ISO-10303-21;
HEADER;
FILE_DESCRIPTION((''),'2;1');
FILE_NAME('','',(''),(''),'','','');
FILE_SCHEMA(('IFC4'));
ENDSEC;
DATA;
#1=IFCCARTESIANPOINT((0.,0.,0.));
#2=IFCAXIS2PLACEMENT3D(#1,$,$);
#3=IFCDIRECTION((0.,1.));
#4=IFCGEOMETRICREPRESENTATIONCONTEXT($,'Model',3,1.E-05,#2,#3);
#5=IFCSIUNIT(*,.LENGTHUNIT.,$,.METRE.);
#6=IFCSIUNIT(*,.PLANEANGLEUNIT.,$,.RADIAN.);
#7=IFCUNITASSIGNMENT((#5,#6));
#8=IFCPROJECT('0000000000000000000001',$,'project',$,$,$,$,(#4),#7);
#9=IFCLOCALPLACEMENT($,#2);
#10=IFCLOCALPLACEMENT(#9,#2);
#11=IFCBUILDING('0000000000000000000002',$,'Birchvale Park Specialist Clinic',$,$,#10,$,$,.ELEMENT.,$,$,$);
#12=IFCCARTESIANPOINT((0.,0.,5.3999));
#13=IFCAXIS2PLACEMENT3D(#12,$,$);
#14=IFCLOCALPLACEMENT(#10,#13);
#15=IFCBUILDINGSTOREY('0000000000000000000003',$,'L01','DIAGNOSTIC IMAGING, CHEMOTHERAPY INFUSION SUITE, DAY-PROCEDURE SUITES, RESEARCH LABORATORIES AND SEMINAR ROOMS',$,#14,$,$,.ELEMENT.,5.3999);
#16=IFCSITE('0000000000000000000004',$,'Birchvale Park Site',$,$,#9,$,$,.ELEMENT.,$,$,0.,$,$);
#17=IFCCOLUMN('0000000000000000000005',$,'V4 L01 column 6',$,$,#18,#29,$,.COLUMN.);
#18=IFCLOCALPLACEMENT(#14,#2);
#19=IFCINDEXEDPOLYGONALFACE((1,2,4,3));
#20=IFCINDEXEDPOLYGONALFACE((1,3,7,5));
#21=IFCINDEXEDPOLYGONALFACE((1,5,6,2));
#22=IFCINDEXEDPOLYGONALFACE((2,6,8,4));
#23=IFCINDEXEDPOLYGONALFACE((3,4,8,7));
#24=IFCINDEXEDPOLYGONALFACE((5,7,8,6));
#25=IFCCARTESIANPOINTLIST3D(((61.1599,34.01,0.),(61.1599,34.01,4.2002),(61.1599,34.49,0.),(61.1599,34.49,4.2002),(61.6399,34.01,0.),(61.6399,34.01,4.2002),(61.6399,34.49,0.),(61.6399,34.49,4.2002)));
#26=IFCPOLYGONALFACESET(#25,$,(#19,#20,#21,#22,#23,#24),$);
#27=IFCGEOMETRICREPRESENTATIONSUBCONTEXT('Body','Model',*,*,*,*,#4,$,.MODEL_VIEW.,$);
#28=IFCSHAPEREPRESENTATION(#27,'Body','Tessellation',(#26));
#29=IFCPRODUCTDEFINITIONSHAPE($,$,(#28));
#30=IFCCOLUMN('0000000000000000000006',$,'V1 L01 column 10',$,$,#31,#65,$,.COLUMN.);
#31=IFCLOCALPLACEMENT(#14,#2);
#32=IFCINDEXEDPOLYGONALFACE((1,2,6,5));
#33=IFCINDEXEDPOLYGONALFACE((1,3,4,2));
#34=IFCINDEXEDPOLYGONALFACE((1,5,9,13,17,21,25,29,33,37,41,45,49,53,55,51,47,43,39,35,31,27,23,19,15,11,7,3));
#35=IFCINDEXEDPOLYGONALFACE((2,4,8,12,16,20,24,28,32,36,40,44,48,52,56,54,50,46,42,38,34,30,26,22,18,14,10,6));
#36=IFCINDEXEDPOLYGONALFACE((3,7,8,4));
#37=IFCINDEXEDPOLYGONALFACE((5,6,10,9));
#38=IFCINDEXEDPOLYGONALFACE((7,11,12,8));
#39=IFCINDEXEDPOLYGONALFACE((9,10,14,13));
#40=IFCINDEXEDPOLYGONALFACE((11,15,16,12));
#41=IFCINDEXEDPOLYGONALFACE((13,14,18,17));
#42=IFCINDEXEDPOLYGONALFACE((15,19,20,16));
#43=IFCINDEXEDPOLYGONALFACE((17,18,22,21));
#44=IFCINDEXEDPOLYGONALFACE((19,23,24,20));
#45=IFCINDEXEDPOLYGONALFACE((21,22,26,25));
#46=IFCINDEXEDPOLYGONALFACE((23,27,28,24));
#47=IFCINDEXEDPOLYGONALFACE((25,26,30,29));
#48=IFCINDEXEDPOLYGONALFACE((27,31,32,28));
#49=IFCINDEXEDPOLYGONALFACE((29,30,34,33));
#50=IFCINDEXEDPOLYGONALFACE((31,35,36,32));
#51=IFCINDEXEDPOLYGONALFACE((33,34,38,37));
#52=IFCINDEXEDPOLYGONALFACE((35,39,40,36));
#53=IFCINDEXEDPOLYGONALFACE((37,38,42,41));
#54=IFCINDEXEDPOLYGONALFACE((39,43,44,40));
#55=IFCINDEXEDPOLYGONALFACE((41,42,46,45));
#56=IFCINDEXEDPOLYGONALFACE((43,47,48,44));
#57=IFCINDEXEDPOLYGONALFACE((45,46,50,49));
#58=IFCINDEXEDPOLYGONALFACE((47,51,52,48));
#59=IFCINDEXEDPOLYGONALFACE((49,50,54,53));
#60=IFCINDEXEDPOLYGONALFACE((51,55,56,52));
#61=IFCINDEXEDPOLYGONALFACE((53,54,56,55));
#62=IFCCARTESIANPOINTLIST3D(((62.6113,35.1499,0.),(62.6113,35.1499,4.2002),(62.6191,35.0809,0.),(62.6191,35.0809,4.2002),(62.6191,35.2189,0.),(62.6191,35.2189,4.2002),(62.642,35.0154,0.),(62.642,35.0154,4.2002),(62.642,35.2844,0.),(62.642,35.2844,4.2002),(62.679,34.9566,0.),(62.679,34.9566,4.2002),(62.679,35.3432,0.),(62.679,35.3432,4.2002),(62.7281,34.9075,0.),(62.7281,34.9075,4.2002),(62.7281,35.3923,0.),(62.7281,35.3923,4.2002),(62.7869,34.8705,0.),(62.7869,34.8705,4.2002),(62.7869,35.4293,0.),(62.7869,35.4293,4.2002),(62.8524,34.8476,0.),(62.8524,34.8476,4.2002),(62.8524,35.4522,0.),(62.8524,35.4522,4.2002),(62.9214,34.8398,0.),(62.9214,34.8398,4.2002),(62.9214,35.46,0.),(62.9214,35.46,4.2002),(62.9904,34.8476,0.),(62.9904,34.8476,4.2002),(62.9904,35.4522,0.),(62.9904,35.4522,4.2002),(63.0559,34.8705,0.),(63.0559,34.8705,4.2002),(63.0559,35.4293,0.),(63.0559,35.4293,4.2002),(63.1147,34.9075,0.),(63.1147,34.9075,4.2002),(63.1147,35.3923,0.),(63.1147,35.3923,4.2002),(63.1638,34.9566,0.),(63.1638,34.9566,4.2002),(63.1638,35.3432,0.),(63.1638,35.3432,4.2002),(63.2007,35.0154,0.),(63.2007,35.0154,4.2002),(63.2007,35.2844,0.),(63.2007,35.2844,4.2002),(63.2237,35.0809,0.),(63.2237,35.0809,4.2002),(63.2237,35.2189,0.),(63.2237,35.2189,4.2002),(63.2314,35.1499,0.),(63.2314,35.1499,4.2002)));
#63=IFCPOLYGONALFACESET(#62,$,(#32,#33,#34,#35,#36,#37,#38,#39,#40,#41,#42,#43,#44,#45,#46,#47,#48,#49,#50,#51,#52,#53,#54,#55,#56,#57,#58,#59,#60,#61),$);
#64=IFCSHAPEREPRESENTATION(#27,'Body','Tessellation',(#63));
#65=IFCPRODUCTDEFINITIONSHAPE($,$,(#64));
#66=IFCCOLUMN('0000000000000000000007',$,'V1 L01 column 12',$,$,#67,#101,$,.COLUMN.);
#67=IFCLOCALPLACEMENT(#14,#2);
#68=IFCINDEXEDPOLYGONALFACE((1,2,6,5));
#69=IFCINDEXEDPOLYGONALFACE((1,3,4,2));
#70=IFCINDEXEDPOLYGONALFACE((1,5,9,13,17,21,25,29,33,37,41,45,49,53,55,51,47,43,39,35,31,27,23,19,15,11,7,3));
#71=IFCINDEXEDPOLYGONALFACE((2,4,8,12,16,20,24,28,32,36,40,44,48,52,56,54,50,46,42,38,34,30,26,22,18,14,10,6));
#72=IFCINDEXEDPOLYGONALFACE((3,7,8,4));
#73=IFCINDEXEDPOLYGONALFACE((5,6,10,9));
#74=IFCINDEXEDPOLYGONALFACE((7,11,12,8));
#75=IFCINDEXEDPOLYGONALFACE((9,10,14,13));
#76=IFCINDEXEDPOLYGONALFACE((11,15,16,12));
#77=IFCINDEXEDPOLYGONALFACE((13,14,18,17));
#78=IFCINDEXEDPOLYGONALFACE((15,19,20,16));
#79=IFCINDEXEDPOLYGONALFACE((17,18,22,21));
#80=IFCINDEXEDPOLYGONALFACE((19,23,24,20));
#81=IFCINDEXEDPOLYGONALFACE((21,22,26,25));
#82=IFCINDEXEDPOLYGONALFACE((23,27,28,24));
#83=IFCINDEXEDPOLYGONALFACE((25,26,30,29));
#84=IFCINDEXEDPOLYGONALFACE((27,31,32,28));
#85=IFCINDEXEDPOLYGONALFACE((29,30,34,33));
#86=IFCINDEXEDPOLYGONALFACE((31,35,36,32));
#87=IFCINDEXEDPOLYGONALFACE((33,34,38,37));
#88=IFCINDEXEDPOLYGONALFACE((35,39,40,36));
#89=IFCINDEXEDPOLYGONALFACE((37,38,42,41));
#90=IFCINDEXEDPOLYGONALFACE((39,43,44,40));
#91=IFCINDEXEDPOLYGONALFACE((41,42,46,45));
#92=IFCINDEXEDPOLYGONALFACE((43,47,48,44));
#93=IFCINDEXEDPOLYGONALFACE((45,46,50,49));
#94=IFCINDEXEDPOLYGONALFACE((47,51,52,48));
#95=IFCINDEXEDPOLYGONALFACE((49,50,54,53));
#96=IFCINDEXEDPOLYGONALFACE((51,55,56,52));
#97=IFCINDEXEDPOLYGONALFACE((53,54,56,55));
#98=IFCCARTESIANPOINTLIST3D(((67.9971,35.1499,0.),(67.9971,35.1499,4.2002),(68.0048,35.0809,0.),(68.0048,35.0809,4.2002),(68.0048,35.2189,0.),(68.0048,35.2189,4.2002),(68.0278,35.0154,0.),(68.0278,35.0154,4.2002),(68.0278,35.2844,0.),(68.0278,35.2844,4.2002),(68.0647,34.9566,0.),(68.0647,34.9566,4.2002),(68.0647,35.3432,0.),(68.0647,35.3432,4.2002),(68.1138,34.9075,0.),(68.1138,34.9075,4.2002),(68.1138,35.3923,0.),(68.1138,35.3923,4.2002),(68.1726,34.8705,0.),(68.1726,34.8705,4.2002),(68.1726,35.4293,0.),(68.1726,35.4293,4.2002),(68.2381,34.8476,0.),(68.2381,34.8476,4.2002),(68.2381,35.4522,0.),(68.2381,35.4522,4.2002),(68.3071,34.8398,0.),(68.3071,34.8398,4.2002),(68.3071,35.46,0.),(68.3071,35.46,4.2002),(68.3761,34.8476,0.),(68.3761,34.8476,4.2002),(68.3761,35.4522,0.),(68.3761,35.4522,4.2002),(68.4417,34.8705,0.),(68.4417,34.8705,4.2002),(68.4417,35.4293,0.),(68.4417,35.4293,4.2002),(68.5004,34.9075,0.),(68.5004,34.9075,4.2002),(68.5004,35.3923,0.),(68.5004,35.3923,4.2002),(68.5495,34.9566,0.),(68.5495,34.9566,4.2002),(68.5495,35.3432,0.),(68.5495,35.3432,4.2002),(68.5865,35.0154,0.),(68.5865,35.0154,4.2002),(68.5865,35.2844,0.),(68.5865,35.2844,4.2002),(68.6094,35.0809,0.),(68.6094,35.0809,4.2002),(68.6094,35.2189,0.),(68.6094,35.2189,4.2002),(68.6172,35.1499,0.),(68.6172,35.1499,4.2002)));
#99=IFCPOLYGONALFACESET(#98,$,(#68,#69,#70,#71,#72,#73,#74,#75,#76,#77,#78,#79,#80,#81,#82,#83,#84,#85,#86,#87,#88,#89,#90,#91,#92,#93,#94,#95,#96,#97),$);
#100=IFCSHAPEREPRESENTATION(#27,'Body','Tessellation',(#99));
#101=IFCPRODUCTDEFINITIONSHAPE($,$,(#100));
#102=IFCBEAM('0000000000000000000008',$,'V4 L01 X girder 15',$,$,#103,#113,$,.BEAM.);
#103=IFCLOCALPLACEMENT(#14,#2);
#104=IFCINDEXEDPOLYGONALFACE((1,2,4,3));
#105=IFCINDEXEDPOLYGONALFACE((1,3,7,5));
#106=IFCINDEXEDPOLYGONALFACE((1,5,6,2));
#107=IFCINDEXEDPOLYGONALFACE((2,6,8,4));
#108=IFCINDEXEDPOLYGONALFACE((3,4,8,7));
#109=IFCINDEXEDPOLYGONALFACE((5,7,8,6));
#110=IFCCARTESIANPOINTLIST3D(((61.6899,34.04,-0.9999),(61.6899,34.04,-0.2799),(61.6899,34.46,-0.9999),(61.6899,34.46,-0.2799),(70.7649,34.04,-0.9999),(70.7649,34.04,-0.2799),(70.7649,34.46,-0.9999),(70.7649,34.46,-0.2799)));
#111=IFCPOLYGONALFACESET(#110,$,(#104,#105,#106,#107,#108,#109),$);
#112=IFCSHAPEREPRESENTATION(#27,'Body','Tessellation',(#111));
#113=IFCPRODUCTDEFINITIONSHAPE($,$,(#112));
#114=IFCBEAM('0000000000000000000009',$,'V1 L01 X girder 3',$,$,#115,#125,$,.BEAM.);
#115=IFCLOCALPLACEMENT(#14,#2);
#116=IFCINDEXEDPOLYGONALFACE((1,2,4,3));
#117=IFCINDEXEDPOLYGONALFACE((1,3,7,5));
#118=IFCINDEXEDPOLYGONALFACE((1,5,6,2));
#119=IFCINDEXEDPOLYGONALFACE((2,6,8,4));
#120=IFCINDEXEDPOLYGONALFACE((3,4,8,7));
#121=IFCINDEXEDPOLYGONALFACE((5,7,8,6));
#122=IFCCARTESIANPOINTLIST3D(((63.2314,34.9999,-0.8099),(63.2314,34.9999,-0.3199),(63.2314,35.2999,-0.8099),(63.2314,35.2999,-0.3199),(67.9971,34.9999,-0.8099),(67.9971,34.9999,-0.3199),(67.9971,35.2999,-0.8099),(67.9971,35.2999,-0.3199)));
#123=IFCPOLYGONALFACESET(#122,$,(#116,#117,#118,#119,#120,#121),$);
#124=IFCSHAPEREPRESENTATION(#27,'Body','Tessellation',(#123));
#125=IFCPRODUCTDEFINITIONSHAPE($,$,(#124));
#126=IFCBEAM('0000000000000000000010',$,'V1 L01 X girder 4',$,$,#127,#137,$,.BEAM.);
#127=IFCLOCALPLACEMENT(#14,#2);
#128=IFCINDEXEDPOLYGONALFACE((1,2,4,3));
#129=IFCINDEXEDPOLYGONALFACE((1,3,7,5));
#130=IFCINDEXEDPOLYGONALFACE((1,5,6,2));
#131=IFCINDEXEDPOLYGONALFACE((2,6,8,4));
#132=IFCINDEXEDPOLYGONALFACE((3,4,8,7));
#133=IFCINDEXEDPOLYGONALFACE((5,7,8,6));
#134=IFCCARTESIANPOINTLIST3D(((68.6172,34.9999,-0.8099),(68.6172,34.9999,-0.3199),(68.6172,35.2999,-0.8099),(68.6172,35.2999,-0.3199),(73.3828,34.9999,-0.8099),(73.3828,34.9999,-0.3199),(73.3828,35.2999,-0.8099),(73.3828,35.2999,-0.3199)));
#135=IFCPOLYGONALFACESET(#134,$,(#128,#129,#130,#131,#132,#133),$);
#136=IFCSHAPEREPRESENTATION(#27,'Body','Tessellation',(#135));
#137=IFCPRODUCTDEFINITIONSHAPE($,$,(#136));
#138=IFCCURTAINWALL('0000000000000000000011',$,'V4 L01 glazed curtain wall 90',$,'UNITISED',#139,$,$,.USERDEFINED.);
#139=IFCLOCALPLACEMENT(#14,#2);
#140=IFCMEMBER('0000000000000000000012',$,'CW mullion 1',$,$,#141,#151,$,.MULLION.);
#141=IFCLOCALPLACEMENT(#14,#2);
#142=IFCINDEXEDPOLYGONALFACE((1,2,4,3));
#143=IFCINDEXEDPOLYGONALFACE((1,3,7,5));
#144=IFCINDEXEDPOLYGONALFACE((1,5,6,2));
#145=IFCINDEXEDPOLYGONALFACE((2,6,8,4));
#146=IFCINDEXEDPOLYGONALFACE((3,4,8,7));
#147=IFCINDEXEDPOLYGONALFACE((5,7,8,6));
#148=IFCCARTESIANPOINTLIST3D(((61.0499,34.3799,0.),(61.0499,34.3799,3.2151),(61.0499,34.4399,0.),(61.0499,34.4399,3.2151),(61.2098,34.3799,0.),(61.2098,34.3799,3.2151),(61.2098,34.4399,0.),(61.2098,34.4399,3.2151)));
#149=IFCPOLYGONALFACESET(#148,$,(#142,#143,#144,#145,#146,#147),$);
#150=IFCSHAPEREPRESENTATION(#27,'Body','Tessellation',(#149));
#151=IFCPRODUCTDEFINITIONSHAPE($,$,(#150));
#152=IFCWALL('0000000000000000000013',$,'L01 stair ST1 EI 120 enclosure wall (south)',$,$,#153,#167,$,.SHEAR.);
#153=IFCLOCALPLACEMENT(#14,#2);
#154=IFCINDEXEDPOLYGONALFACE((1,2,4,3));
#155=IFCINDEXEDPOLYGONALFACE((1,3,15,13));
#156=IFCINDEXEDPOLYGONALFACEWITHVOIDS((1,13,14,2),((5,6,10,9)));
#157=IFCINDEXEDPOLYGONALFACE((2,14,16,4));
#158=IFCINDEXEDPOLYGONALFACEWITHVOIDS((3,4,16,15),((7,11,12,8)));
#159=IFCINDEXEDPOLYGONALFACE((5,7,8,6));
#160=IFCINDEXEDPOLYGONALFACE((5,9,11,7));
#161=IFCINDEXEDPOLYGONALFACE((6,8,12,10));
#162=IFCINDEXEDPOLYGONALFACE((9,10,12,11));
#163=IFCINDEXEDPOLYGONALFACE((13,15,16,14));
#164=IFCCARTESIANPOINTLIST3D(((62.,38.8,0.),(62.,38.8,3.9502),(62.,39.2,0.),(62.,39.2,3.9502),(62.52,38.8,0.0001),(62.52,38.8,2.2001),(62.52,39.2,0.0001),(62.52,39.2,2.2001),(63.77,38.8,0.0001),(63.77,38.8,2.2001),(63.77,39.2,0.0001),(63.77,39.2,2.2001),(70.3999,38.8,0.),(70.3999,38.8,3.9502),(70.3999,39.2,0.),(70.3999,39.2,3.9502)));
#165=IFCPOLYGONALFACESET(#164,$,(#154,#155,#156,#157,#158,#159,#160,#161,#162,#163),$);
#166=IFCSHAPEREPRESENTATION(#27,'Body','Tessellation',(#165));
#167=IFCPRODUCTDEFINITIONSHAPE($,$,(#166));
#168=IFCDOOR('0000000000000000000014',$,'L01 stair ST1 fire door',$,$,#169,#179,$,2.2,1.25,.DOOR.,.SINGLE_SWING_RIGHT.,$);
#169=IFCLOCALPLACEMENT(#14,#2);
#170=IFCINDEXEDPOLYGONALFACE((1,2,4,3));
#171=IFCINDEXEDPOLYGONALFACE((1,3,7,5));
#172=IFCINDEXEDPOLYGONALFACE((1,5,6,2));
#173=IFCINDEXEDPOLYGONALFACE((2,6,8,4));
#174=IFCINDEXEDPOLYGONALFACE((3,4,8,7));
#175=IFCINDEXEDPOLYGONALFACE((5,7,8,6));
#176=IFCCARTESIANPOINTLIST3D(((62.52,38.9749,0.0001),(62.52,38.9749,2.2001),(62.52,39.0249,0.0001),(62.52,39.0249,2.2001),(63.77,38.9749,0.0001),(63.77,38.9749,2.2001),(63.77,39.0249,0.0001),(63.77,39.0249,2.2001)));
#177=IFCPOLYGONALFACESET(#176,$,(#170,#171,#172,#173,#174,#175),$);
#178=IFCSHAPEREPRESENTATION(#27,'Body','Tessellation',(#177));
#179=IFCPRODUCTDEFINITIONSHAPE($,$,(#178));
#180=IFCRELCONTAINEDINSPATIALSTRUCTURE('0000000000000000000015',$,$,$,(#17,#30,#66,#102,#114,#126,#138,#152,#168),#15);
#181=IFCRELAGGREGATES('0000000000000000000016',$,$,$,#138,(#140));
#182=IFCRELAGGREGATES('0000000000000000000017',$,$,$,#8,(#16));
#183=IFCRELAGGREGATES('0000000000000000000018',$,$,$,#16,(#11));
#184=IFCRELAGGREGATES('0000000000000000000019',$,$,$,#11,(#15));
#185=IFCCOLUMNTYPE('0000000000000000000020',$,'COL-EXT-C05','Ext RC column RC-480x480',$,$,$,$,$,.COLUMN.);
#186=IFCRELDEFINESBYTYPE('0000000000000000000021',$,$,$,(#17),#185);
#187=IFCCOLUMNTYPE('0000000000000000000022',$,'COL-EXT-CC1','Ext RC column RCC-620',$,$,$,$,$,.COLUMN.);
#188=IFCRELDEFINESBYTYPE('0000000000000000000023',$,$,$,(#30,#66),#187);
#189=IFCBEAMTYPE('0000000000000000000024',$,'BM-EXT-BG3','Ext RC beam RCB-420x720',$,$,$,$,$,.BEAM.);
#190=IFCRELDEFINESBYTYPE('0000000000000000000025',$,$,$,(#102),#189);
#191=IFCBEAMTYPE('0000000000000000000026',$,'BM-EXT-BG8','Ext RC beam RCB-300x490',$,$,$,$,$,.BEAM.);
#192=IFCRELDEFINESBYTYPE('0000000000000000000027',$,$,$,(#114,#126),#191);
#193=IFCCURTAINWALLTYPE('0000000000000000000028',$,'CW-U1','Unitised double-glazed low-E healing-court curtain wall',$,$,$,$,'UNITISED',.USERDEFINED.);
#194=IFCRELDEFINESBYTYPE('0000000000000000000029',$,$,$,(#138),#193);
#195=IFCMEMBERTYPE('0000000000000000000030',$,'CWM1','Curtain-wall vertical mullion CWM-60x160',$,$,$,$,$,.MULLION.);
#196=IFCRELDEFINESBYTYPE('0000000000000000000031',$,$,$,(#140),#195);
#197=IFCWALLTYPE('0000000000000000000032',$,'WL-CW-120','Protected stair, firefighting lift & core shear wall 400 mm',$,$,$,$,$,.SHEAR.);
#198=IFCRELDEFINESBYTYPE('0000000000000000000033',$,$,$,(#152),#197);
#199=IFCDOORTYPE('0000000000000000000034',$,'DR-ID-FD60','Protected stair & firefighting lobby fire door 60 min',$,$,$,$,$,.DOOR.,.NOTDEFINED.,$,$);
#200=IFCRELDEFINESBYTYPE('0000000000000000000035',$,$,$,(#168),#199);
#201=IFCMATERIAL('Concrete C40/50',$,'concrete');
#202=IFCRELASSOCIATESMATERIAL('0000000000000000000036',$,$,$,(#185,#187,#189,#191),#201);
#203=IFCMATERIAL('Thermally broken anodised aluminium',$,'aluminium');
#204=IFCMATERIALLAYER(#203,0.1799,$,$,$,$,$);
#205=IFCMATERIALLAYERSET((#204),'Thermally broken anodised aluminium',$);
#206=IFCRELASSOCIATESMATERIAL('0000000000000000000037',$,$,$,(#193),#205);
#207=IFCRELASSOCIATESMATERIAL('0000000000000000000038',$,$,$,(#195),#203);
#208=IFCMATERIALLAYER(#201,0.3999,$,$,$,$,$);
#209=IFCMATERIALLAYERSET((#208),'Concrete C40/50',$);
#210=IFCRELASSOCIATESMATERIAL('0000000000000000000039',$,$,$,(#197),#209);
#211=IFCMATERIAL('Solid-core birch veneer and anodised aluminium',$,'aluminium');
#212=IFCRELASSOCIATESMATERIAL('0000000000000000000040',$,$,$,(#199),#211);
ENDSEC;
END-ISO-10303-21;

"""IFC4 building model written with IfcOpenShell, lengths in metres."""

from ifc_helpers import new_model, si_unit, direction, frame, frame_2d, origin, origin_2d, place, context, subcontext, project, spatial, rectangle, circle, extrude, material, layer, layer_set, material_profile, profile_set, type_object, element, fill, aggregate, save


model = new_model("IFC4")

# Units and contexts
model_context = context("Model", 3, precision=1e-05, world=origin(), true_north=direction((0.0, 1.0)))
body_context = subcontext(model_context, "Body", "Model", "MODEL_VIEW")
ifc_project = project(units=[si_unit("LENGTHUNIT", "METRE"), si_unit("PLANEANGLEUNIT", "RADIAN")], contexts=[model_context])

# Site, building, storey
site_placement = place(None, origin())
site = spatial("IfcSite", under=ifc_project, at=site_placement, Name="Birchvale Park Site", CompositionType="ELEMENT", RefElevation=0.0)
building_placement = place(site_placement, origin())
building = spatial("IfcBuilding", under=site, at=building_placement, Name="Birchvale Park Specialist Clinic", CompositionType="ELEMENT")
storey_placement = place(building_placement, frame((0.0, 0.0, 5.3999)))
storey = spatial("IfcBuildingStorey", under=building, at=storey_placement, Name="L01", Description="DIAGNOSTIC IMAGING, CHEMOTHERAPY INFUSION SUITE, DAY-PROCEDURE SUITES, RESEARCH LABORATORIES AND SEMINAR ROOMS", CompositionType="ELEMENT", Elevation=5.3999)

# Columns
ifc_material_1 = material(Name="Concrete C40/50", Category="concrete")
ifc_material_profile_1 = material_profile(ifc_material_1, rectangle(XDim=0.48, YDim=0.48, at=origin_2d()), Name="RC-480x480")
ifc_profile_set_1 = profile_set([ifc_material_profile_1], Name="Concrete C40/50")
column_type_1 = type_object("IfcColumnType", Name="COL-EXT-C05", Description="Ext RC column RC-480x480", PredefinedType="COLUMN", material=ifc_profile_set_1)
column_placement = place(storey_placement, frame((61.3999, 34.25, 0.0), z_axis=(0.0, 0.0, 1.0), x_axis=(1.0, 0.0, 0.0)))
element("IfcColumn", 1, at=column_placement, inside=storey, type_object=column_type_1, Name="V4 L01 column 6", PredefinedType="COLUMN", context=body_context, shape_type="SweptSolid", body=[
    extrude(rectangle(XDim=0.48, YDim=0.48, at=origin_2d()), origin(), (0.0, 0.0, 1.0), 4.2002),
])
ifc_material_profile_2 = material_profile(ifc_material_1, circle(Radius=0.3101, at=origin_2d()), Name="RCC-620")
ifc_profile_set_2 = profile_set([ifc_material_profile_2], Name="Concrete C40/50")
column_type_2 = type_object("IfcColumnType", Name="COL-EXT-CC1", Description="Ext RC column RCC-620", PredefinedType="COLUMN", material=ifc_profile_set_2)
for number, where, z_axis, x_axis, name in (
    (2, (62.9214, 35.1499, 0.0), (0.0, 0.0, 1.0), (1.0, 0.0, 0.0), "V1 L01 column 10"),
    (3, (68.3071, 35.1499, 0.0), (0.0, 0.0, 1.0), (1.0, 0.0, 0.0), "V1 L01 column 12"),
):
    element("IfcColumn", number, at=place(storey_placement, frame(where, z_axis=z_axis, x_axis=x_axis)), inside=storey, type_object=column_type_2, Name=name, PredefinedType="COLUMN", context=body_context, shape_type="SweptSolid", body=[
        extrude(circle(Radius=0.3101, at=origin_2d()), origin(), (0.0, 0.0, 1.0), 4.2002),
    ])

# Beams
ifc_material_profile_3 = material_profile(ifc_material_1, rectangle(XDim=0.4199, YDim=0.72, at=origin_2d()), Name="RCB-420x720")
ifc_profile_set_3 = profile_set([ifc_material_profile_3], Name="Concrete C40/50")
beam_type_1 = type_object("IfcBeamType", Name="BM-EXT-BG3", Description="Ext RC beam RCB-420x720", PredefinedType="BEAM", material=ifc_profile_set_3)
beam_placement = place(storey_placement, frame((61.6899, 34.25, -0.6399), z_axis=(1.0, 0.0, 0.0), x_axis=(0.0, 1.0, 0.0)))
element("IfcBeam", 4, at=beam_placement, inside=storey, type_object=beam_type_1, Name="V4 L01 X girder 15", PredefinedType="BEAM", context=body_context, shape_type="SweptSolid", body=[
    extrude(rectangle(XDim=0.4199, YDim=0.72, at=origin_2d()), origin(), (0.0, 0.0, 1.0), 9.075),
])
ifc_material_profile_4 = material_profile(ifc_material_1, rectangle(XDim=0.3, YDim=0.49, at=origin_2d()), Name="RCB-300x490")
ifc_profile_set_4 = profile_set([ifc_material_profile_4], Name="Concrete C40/50")
beam_type_2 = type_object("IfcBeamType", Name="BM-EXT-BG8", Description="Ext RC beam RCB-300x490", PredefinedType="BEAM", material=ifc_profile_set_4)
for number, where, z_axis, x_axis, name in (
    (5, (63.2314, 35.1499, -0.5649), (1.0, 0.0, 0.0), (0.0, 1.0, 0.0), "V1 L01 X girder 3"),
    (6, (68.6172, 35.1499, -0.5649), (1.0, 0.0, 0.0), (0.0, 1.0, 0.0), "V1 L01 X girder 4"),
):
    element("IfcBeam", number, at=place(storey_placement, frame(where, z_axis=z_axis, x_axis=x_axis)), inside=storey, type_object=beam_type_2, Name=name, PredefinedType="BEAM", context=body_context, shape_type="SweptSolid", body=[
        extrude(rectangle(XDim=0.3, YDim=0.49, at=origin_2d()), origin(), (0.0, 0.0, 1.0), 4.7656),
    ])

# Curtain wall, member
ifc_material_2 = material(Name="Thermally broken anodised aluminium", Category="aluminium")
ifc_layer_1 = layer(ifc_material_2, 0.1799)
ifc_layer_set_1 = layer_set([ifc_layer_1], Name="Thermally broken anodised aluminium")
curtain_wall_type = type_object("IfcCurtainWallType", Name="CW-U1", Description="Unitised double-glazed low-E healing-court curtain wall", ElementType="UNITISED", PredefinedType="USERDEFINED", material=ifc_layer_set_1)
curtain_wall_placement = place(storey_placement, origin())
curtain_wall = element("IfcCurtainWall", 7, at=curtain_wall_placement, inside=storey, type_object=curtain_wall_type, Name="V4 L01 glazed curtain wall 90", ObjectType="UNITISED", PredefinedType="USERDEFINED")
ifc_material_profile_5 = material_profile(ifc_material_2, rectangle(XDim=0.0601, YDim=0.1599, at=origin_2d()), Name="CWM-60x160")
ifc_profile_set_5 = profile_set([ifc_material_profile_5], Name="Thermally broken anodised aluminium")
member_type = type_object("IfcMemberType", Name="CWM1", Description="Curtain-wall vertical mullion CWM-60x160", PredefinedType="MULLION", material=ifc_profile_set_5)
member_placement = place(storey_placement, frame((61.1299, 34.4099, 0.0), z_axis=(0.0, 0.0, 1.0), x_axis=(0.0, -1.0, 0.0)))
member = element("IfcMember", 8, at=member_placement, type_object=member_type, Name="CW mullion 1", PredefinedType="MULLION", context=body_context, shape_type="SweptSolid", body=[
    extrude(rectangle(XDim=0.0601, YDim=0.1599, at=origin_2d()), origin(), (0.0, 0.0, 1.0), 3.2151),
])
aggregate(curtain_wall, [member])

# Wall, opening, door
ifc_layer_2 = layer(ifc_material_1, 0.3999)
ifc_layer_set_2 = layer_set([ifc_layer_2], Name="Concrete C40/50")
wall_type_1 = type_object("IfcWallType", Name="WL-CW-120", Description="Protected stair, firefighting lift & core shear wall 400 mm", PredefinedType="SHEAR", material=ifc_layer_set_2)
wall_1_placement = place(storey_placement, frame((62.0, 39.0, 0.0), z_axis=(0.0, 0.0, 1.0), x_axis=(1.0, 0.0, 0.0)))
wall_1 = element("IfcWall", 9, at=wall_1_placement, inside=storey, type_object=wall_type_1, Name="L01 stair ST1 EI 120 enclosure wall (south)", PredefinedType="SHEAR", context=body_context, shape_type="SweptSolid", body=[
    extrude(rectangle(XDim=8.3999, YDim=0.3999, at=frame_2d((4.2, 0.0))), origin(), (0.0, 0.0, 1.0), 3.9502),
])
opening_1_placement = place(wall_1_placement, frame((0.52, 0.0, 0.0)))
opening_1 = element("IfcOpeningElement", 10, at=opening_1_placement, cuts=wall_1, PredefinedType="OPENING", context=body_context, shape_type="SweptSolid", body=[
    extrude(rectangle(XDim=1.25, YDim=2.2, at=frame_2d((0.625, 1.1001))), frame((0.0, 0.21, 0.0), z_axis=(0.0, -1.0, 0.0), x_axis=(1.0, 0.0, 0.0)), (0.0, 0.0, 1.0), 0.4199),
])
ifc_material_3 = material(Name="Solid-core birch veneer and anodised aluminium", Category="aluminium")
door_type = type_object("IfcDoorType", Name="DR-ID-FD60", Description="Protected stair & firefighting lobby fire door 60 min", OperationType="NOTDEFINED", PredefinedType="DOOR", material=ifc_material_3)
door_1_placement = place(opening_1_placement, origin())
door_1 = element("IfcDoor", 11, at=door_1_placement, inside=storey, type_object=door_type, Name="L01 stair ST1 fire door", OperationType="SINGLE_SWING_RIGHT", OverallHeight=2.2, OverallWidth=1.25, PredefinedType="DOOR", context=body_context, shape_type="SweptSolid", body=[
    extrude(rectangle(XDim=1.25, YDim=2.2, at=frame_2d((0.625, 1.1001))), frame((0.0, 0.0249, 0.0), z_axis=(0.0, -1.0, 0.0), x_axis=(1.0, 0.0, 0.0)), (0.0, 0.0, 1.0), 0.05),
])
fill(opening_1, door_1)

save(model, "model.ifc")
